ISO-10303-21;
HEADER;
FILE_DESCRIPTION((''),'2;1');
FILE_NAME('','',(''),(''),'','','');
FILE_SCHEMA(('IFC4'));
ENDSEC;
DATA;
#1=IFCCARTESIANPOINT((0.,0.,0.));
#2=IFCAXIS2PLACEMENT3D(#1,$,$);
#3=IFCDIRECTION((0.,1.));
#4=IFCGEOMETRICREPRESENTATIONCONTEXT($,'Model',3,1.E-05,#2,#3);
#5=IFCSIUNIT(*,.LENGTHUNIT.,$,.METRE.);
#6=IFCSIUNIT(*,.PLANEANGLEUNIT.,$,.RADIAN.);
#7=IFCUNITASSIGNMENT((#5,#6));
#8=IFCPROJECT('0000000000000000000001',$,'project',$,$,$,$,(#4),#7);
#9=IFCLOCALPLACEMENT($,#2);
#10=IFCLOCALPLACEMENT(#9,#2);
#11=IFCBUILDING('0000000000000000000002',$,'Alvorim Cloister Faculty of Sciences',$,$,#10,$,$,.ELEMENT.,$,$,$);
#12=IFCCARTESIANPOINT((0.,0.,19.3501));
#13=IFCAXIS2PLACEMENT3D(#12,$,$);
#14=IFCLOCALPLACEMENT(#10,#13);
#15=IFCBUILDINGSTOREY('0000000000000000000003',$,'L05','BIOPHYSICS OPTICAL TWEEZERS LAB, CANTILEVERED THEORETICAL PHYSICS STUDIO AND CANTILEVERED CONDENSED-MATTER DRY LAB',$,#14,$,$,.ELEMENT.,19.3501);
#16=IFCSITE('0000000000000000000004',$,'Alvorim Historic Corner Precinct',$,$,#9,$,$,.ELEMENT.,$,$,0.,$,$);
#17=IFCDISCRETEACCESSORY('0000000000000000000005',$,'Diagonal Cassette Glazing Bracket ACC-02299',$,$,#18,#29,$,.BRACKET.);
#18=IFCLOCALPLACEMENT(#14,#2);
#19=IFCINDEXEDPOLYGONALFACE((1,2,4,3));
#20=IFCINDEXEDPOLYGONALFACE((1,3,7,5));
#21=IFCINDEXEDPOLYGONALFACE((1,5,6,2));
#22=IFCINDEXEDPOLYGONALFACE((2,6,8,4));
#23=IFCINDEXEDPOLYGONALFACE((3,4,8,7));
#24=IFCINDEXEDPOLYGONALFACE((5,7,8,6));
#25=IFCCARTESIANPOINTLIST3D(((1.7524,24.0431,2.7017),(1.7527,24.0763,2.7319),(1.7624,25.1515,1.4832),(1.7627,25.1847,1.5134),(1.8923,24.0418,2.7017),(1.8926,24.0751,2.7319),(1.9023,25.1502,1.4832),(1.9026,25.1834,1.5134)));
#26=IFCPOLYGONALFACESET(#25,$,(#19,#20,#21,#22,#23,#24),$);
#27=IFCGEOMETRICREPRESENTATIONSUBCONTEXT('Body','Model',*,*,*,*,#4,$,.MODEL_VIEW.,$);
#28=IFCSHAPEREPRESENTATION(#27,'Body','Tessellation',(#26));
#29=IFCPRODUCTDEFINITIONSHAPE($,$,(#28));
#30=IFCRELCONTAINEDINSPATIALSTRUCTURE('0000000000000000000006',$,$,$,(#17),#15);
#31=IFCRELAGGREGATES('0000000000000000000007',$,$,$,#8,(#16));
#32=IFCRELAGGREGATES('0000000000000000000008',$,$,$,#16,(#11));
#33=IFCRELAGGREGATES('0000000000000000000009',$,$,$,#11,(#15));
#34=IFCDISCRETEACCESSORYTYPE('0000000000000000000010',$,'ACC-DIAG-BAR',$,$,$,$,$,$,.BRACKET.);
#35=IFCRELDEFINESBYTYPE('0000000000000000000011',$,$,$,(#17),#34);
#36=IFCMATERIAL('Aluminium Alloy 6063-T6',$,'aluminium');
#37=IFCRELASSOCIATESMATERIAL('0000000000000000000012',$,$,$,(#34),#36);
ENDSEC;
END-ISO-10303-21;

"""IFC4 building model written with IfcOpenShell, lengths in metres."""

from ifc_helpers import new_model, si_unit, direction, frame, origin, origin_2d, place, context, subcontext, project, spatial, rectangle, extrude, material, type_object, element, save


model = new_model("IFC4")

# Units and contexts
model_context = context("Model", 3, precision=1e-05, world=origin(), true_north=direction((0.0, 1.0)))
body_context = subcontext(model_context, "Body", "Model", "MODEL_VIEW")
ifc_project = project(units=[si_unit("LENGTHUNIT", "METRE"), si_unit("PLANEANGLEUNIT", "RADIAN")], contexts=[model_context])

# Site, building, storey
site_placement = place(None, origin())
site = spatial("IfcSite", under=ifc_project, at=site_placement, Name="Alvorim Historic Corner Precinct", CompositionType="ELEMENT", RefElevation=0.0)
building_placement = place(site_placement, origin())
building = spatial("IfcBuilding", under=site, at=building_placement, Name="Alvorim Cloister Faculty of Sciences", CompositionType="ELEMENT")
storey_placement = place(building_placement, frame((0.0, 0.0, 19.3501)))
storey = spatial("IfcBuildingStorey", under=building, at=storey_placement, Name="L05", Description="BIOPHYSICS OPTICAL TWEEZERS LAB, CANTILEVERED THEORETICAL PHYSICS STUDIO AND CANTILEVERED CONDENSED-MATTER DRY LAB", CompositionType="ELEMENT", Elevation=19.3501)

# Shared definitions
ifc_material_1 = material(Name="Aluminium Alloy 6063-T6", Category="aluminium")

# Discrete accessory
discrete_accessory_type = type_object("IfcDiscreteAccessoryType", Name="ACC-DIAG-BAR", PredefinedType="BRACKET", material=ifc_material_1)
for number, where, z_axis, x_axis, name in (
    (1, (1.8225, 24.0591, 2.7168), (0.006077, 0.672882, -0.739725), (-0.999959, 0.00903, 0.0), "Diagonal Cassette Glazing Bracket ACC-02299"),
):
    element("IfcDiscreteAccessory", number, at=place(storey_placement, frame(where, z_axis=z_axis, x_axis=x_axis)), inside=storey, type_object=discrete_accessory_type, Name=name, PredefinedType="BRACKET", context=body_context, shape_type="SweptSolid", body=[
        extrude(rectangle(XDim=0.1399, YDim=0.0449, at=origin_2d()), origin(), (0.0, 0.0, 1.0), 1.6472),
    ])

save(model, "model.ifc")
